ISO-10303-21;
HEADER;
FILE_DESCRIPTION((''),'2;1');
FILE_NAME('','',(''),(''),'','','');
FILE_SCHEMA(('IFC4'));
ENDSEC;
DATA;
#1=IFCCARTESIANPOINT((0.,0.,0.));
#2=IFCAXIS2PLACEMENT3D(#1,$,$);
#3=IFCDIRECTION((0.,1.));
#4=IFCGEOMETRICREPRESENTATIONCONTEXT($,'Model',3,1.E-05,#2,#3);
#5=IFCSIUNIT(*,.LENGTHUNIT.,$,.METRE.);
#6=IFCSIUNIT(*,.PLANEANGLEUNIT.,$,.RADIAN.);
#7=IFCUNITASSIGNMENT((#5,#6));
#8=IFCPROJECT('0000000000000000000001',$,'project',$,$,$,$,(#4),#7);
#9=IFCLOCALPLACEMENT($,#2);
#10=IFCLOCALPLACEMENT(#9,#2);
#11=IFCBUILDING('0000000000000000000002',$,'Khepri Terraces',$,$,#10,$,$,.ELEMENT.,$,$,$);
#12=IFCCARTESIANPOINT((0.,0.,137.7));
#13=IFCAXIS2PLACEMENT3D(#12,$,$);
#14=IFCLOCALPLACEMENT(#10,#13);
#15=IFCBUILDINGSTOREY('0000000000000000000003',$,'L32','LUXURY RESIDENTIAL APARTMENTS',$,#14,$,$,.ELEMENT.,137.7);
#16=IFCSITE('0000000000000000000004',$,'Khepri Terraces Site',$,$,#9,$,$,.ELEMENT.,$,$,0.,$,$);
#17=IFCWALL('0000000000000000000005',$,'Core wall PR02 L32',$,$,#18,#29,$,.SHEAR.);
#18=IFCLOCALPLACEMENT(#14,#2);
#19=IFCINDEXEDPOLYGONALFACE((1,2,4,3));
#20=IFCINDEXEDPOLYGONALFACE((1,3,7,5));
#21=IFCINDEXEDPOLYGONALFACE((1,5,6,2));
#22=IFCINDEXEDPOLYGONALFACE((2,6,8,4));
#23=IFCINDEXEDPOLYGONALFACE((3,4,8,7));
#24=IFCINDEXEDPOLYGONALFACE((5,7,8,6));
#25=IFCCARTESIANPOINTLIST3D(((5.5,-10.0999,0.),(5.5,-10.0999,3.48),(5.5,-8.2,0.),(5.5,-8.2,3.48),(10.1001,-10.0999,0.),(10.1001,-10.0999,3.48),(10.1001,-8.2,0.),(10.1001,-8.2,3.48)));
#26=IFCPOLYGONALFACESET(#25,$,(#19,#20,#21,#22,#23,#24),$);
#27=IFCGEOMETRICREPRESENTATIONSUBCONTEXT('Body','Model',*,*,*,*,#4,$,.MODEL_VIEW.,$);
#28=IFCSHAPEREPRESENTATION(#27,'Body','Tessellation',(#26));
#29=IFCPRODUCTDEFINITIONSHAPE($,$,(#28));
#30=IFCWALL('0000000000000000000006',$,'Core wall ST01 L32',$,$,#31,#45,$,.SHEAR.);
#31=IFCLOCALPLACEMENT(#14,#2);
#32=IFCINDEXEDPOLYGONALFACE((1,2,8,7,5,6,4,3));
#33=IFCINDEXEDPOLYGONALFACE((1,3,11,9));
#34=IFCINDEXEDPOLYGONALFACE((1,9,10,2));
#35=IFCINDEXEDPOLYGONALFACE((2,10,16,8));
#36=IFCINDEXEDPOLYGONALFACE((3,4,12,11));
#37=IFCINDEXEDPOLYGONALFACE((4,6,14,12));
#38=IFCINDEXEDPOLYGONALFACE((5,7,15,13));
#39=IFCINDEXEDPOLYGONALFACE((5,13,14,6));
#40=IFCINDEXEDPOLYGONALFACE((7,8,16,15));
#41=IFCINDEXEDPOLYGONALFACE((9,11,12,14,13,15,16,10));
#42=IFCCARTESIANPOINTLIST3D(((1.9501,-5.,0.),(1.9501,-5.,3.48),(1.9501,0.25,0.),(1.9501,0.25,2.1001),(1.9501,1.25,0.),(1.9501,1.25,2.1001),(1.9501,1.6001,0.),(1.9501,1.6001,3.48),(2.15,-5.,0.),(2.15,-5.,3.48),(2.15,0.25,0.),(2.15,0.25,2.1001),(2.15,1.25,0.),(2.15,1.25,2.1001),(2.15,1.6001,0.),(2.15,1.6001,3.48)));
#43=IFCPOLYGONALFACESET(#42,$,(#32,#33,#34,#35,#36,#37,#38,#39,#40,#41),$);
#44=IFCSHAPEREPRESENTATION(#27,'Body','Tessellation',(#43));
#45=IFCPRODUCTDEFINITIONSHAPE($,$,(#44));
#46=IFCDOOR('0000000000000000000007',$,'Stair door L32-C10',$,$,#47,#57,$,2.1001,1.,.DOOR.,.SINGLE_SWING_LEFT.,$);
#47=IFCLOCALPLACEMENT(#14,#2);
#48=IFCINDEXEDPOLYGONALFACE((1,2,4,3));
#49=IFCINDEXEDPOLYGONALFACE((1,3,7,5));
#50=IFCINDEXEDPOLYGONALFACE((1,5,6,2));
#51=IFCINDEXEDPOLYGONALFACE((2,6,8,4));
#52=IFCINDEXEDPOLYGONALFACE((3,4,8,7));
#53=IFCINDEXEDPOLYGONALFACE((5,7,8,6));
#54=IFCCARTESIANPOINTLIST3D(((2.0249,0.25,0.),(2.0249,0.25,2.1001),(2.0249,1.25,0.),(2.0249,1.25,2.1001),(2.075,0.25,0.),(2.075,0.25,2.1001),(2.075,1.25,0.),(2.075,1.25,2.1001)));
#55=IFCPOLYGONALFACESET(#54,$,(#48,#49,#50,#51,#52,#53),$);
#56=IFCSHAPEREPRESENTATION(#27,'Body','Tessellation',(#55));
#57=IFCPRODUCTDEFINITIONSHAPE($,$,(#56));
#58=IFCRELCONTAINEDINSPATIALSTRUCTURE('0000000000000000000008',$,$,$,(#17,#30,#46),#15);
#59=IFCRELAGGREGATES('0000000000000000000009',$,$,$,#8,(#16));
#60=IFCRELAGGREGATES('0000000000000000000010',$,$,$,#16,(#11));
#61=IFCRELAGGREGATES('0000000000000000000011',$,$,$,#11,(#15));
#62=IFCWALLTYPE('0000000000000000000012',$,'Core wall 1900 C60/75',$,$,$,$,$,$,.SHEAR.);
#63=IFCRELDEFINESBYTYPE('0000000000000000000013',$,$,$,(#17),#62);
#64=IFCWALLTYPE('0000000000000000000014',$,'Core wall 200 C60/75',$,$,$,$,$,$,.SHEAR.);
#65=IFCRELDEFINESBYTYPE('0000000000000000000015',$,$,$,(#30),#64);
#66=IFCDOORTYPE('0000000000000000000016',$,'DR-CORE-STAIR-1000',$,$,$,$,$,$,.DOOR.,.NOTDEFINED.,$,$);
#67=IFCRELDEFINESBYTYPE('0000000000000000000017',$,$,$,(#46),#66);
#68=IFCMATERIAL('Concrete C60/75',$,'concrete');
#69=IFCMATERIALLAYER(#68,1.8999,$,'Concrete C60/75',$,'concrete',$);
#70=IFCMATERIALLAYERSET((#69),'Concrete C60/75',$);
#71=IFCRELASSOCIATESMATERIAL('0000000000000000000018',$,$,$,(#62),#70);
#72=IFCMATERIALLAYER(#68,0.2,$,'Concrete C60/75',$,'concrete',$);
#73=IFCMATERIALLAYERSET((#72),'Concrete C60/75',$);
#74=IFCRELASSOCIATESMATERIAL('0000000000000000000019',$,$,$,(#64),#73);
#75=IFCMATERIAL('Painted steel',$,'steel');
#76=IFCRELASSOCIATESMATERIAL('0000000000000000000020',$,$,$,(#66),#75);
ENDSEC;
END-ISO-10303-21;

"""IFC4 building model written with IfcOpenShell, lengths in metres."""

from ifc_helpers import new_model, si_unit, direction, frame, frame_2d, origin, place, context, subcontext, project, spatial, rectangle, extrude, material, layer, layer_set, type_object, element, fill, save


model = new_model("IFC4")

# Units and contexts
model_context = context("Model", 3, precision=1e-05, world=origin(), true_north=direction((0.0, 1.0)))
body_context = subcontext(model_context, "Body", "Model", "MODEL_VIEW")
ifc_project = project(units=[si_unit("LENGTHUNIT", "METRE"), si_unit("PLANEANGLEUNIT", "RADIAN")], contexts=[model_context])

# Site, building, storey
site_placement = place(None, origin())
site = spatial("IfcSite", under=ifc_project, at=site_placement, Name="Khepri Terraces Site", CompositionType="ELEMENT", RefElevation=0.0)
building_placement = place(site_placement, origin())
building = spatial("IfcBuilding", under=site, at=building_placement, Name="Khepri Terraces", CompositionType="ELEMENT")
storey_placement = place(building_placement, frame((0.0, 0.0, 137.7)))
storey = spatial("IfcBuildingStorey", under=building, at=storey_placement, Name="L32", Description="LUXURY RESIDENTIAL APARTMENTS", CompositionType="ELEMENT", Elevation=137.7)

# Wall
ifc_material_1 = material(Name="Concrete C60/75", Category="concrete")
ifc_layer_1 = layer(ifc_material_1, 1.8999, Name="Concrete C60/75", Category="concrete")
ifc_layer_set_1 = layer_set([ifc_layer_1], Name="Concrete C60/75")
wall_type_1 = type_object("IfcWallType", Name="Core wall 1900 C60/75", PredefinedType="SHEAR", material=ifc_layer_set_1)
wall_1_placement = place(storey_placement, frame((5.5, -9.1499, 0.0), z_axis=(0.0, 0.0, 1.0), x_axis=(1.0, 0.0, 0.0)))
element("IfcWall", 1, at=wall_1_placement, inside=storey, type_object=wall_type_1, Name="Core wall PR02 L32", PredefinedType="SHEAR", context=body_context, shape_type="SweptSolid", body=[
    extrude(rectangle(XDim=4.6001, YDim=1.8999, at=frame_2d((2.3, 0.0))), origin(), (0.0, 0.0, 1.0), 3.48),
])

# Wall, opening, door
ifc_layer_2 = layer(ifc_material_1, 0.2, Name="Concrete C60/75", Category="concrete")
ifc_layer_set_2 = layer_set([ifc_layer_2], Name="Concrete C60/75")
wall_type_2 = type_object("IfcWallType", Name="Core wall 200 C60/75", PredefinedType="SHEAR", material=ifc_layer_set_2)
wall_2_placement = place(storey_placement, frame((2.05, -5.0, 0.0), z_axis=(0.0, 0.0, 1.0), x_axis=(0.0, 1.0, 0.0)))
wall_2 = element("IfcWall", 2, at=wall_2_placement, inside=storey, type_object=wall_type_2, Name="Core wall ST01 L32", PredefinedType="SHEAR", context=body_context, shape_type="SweptSolid", body=[
    extrude(rectangle(XDim=6.6001, YDim=0.2, at=frame_2d((3.3, 0.0))), origin(), (0.0, 0.0, 1.0), 3.48),
])
opening_1_placement = place(wall_2_placement, frame((5.25, 0.0, 0.0)))
opening_1 = element("IfcOpeningElement", 3, at=opening_1_placement, cuts=wall_2, PredefinedType="OPENING", context=body_context, shape_type="SweptSolid", body=[
    extrude(rectangle(XDim=1.0, YDim=2.1001, at=frame_2d((0.5, 1.05))), frame((0.0, 0.1099, 0.0), z_axis=(0.0, -1.0, 0.0), x_axis=(1.0, 0.0, 0.0)), (0.0, 0.0, 1.0), 0.22),
])
ifc_material_2 = material(Name="Painted steel", Category="steel")
door_type_1 = type_object("IfcDoorType", Name="DR-CORE-STAIR-1000", OperationType="NOTDEFINED", PredefinedType="DOOR", material=ifc_material_2)
door_1_placement = place(opening_1_placement, frame((1.0, 0.0, 0.0), z_axis=(0.0, 0.0, 1.0), x_axis=(-1.0, 0.0, 0.0)))
door_1 = element("IfcDoor", 4, at=door_1_placement, inside=storey, type_object=door_type_1, Name="Stair door L32-C10", OperationType="SINGLE_SWING_LEFT", OverallHeight=2.1001, OverallWidth=1.0, PredefinedType="DOOR", context=body_context, shape_type="SweptSolid", body=[
    extrude(rectangle(XDim=1.0, YDim=2.1001, at=frame_2d((0.5, 1.05))), frame((0.0, 0.0249, 0.0), z_axis=(0.0, -1.0, 0.0), x_axis=(1.0, 0.0, 0.0)), (0.0, 0.0, 1.0), 0.05),
])
fill(opening_1, door_1)

save(model, "model.ifc")
